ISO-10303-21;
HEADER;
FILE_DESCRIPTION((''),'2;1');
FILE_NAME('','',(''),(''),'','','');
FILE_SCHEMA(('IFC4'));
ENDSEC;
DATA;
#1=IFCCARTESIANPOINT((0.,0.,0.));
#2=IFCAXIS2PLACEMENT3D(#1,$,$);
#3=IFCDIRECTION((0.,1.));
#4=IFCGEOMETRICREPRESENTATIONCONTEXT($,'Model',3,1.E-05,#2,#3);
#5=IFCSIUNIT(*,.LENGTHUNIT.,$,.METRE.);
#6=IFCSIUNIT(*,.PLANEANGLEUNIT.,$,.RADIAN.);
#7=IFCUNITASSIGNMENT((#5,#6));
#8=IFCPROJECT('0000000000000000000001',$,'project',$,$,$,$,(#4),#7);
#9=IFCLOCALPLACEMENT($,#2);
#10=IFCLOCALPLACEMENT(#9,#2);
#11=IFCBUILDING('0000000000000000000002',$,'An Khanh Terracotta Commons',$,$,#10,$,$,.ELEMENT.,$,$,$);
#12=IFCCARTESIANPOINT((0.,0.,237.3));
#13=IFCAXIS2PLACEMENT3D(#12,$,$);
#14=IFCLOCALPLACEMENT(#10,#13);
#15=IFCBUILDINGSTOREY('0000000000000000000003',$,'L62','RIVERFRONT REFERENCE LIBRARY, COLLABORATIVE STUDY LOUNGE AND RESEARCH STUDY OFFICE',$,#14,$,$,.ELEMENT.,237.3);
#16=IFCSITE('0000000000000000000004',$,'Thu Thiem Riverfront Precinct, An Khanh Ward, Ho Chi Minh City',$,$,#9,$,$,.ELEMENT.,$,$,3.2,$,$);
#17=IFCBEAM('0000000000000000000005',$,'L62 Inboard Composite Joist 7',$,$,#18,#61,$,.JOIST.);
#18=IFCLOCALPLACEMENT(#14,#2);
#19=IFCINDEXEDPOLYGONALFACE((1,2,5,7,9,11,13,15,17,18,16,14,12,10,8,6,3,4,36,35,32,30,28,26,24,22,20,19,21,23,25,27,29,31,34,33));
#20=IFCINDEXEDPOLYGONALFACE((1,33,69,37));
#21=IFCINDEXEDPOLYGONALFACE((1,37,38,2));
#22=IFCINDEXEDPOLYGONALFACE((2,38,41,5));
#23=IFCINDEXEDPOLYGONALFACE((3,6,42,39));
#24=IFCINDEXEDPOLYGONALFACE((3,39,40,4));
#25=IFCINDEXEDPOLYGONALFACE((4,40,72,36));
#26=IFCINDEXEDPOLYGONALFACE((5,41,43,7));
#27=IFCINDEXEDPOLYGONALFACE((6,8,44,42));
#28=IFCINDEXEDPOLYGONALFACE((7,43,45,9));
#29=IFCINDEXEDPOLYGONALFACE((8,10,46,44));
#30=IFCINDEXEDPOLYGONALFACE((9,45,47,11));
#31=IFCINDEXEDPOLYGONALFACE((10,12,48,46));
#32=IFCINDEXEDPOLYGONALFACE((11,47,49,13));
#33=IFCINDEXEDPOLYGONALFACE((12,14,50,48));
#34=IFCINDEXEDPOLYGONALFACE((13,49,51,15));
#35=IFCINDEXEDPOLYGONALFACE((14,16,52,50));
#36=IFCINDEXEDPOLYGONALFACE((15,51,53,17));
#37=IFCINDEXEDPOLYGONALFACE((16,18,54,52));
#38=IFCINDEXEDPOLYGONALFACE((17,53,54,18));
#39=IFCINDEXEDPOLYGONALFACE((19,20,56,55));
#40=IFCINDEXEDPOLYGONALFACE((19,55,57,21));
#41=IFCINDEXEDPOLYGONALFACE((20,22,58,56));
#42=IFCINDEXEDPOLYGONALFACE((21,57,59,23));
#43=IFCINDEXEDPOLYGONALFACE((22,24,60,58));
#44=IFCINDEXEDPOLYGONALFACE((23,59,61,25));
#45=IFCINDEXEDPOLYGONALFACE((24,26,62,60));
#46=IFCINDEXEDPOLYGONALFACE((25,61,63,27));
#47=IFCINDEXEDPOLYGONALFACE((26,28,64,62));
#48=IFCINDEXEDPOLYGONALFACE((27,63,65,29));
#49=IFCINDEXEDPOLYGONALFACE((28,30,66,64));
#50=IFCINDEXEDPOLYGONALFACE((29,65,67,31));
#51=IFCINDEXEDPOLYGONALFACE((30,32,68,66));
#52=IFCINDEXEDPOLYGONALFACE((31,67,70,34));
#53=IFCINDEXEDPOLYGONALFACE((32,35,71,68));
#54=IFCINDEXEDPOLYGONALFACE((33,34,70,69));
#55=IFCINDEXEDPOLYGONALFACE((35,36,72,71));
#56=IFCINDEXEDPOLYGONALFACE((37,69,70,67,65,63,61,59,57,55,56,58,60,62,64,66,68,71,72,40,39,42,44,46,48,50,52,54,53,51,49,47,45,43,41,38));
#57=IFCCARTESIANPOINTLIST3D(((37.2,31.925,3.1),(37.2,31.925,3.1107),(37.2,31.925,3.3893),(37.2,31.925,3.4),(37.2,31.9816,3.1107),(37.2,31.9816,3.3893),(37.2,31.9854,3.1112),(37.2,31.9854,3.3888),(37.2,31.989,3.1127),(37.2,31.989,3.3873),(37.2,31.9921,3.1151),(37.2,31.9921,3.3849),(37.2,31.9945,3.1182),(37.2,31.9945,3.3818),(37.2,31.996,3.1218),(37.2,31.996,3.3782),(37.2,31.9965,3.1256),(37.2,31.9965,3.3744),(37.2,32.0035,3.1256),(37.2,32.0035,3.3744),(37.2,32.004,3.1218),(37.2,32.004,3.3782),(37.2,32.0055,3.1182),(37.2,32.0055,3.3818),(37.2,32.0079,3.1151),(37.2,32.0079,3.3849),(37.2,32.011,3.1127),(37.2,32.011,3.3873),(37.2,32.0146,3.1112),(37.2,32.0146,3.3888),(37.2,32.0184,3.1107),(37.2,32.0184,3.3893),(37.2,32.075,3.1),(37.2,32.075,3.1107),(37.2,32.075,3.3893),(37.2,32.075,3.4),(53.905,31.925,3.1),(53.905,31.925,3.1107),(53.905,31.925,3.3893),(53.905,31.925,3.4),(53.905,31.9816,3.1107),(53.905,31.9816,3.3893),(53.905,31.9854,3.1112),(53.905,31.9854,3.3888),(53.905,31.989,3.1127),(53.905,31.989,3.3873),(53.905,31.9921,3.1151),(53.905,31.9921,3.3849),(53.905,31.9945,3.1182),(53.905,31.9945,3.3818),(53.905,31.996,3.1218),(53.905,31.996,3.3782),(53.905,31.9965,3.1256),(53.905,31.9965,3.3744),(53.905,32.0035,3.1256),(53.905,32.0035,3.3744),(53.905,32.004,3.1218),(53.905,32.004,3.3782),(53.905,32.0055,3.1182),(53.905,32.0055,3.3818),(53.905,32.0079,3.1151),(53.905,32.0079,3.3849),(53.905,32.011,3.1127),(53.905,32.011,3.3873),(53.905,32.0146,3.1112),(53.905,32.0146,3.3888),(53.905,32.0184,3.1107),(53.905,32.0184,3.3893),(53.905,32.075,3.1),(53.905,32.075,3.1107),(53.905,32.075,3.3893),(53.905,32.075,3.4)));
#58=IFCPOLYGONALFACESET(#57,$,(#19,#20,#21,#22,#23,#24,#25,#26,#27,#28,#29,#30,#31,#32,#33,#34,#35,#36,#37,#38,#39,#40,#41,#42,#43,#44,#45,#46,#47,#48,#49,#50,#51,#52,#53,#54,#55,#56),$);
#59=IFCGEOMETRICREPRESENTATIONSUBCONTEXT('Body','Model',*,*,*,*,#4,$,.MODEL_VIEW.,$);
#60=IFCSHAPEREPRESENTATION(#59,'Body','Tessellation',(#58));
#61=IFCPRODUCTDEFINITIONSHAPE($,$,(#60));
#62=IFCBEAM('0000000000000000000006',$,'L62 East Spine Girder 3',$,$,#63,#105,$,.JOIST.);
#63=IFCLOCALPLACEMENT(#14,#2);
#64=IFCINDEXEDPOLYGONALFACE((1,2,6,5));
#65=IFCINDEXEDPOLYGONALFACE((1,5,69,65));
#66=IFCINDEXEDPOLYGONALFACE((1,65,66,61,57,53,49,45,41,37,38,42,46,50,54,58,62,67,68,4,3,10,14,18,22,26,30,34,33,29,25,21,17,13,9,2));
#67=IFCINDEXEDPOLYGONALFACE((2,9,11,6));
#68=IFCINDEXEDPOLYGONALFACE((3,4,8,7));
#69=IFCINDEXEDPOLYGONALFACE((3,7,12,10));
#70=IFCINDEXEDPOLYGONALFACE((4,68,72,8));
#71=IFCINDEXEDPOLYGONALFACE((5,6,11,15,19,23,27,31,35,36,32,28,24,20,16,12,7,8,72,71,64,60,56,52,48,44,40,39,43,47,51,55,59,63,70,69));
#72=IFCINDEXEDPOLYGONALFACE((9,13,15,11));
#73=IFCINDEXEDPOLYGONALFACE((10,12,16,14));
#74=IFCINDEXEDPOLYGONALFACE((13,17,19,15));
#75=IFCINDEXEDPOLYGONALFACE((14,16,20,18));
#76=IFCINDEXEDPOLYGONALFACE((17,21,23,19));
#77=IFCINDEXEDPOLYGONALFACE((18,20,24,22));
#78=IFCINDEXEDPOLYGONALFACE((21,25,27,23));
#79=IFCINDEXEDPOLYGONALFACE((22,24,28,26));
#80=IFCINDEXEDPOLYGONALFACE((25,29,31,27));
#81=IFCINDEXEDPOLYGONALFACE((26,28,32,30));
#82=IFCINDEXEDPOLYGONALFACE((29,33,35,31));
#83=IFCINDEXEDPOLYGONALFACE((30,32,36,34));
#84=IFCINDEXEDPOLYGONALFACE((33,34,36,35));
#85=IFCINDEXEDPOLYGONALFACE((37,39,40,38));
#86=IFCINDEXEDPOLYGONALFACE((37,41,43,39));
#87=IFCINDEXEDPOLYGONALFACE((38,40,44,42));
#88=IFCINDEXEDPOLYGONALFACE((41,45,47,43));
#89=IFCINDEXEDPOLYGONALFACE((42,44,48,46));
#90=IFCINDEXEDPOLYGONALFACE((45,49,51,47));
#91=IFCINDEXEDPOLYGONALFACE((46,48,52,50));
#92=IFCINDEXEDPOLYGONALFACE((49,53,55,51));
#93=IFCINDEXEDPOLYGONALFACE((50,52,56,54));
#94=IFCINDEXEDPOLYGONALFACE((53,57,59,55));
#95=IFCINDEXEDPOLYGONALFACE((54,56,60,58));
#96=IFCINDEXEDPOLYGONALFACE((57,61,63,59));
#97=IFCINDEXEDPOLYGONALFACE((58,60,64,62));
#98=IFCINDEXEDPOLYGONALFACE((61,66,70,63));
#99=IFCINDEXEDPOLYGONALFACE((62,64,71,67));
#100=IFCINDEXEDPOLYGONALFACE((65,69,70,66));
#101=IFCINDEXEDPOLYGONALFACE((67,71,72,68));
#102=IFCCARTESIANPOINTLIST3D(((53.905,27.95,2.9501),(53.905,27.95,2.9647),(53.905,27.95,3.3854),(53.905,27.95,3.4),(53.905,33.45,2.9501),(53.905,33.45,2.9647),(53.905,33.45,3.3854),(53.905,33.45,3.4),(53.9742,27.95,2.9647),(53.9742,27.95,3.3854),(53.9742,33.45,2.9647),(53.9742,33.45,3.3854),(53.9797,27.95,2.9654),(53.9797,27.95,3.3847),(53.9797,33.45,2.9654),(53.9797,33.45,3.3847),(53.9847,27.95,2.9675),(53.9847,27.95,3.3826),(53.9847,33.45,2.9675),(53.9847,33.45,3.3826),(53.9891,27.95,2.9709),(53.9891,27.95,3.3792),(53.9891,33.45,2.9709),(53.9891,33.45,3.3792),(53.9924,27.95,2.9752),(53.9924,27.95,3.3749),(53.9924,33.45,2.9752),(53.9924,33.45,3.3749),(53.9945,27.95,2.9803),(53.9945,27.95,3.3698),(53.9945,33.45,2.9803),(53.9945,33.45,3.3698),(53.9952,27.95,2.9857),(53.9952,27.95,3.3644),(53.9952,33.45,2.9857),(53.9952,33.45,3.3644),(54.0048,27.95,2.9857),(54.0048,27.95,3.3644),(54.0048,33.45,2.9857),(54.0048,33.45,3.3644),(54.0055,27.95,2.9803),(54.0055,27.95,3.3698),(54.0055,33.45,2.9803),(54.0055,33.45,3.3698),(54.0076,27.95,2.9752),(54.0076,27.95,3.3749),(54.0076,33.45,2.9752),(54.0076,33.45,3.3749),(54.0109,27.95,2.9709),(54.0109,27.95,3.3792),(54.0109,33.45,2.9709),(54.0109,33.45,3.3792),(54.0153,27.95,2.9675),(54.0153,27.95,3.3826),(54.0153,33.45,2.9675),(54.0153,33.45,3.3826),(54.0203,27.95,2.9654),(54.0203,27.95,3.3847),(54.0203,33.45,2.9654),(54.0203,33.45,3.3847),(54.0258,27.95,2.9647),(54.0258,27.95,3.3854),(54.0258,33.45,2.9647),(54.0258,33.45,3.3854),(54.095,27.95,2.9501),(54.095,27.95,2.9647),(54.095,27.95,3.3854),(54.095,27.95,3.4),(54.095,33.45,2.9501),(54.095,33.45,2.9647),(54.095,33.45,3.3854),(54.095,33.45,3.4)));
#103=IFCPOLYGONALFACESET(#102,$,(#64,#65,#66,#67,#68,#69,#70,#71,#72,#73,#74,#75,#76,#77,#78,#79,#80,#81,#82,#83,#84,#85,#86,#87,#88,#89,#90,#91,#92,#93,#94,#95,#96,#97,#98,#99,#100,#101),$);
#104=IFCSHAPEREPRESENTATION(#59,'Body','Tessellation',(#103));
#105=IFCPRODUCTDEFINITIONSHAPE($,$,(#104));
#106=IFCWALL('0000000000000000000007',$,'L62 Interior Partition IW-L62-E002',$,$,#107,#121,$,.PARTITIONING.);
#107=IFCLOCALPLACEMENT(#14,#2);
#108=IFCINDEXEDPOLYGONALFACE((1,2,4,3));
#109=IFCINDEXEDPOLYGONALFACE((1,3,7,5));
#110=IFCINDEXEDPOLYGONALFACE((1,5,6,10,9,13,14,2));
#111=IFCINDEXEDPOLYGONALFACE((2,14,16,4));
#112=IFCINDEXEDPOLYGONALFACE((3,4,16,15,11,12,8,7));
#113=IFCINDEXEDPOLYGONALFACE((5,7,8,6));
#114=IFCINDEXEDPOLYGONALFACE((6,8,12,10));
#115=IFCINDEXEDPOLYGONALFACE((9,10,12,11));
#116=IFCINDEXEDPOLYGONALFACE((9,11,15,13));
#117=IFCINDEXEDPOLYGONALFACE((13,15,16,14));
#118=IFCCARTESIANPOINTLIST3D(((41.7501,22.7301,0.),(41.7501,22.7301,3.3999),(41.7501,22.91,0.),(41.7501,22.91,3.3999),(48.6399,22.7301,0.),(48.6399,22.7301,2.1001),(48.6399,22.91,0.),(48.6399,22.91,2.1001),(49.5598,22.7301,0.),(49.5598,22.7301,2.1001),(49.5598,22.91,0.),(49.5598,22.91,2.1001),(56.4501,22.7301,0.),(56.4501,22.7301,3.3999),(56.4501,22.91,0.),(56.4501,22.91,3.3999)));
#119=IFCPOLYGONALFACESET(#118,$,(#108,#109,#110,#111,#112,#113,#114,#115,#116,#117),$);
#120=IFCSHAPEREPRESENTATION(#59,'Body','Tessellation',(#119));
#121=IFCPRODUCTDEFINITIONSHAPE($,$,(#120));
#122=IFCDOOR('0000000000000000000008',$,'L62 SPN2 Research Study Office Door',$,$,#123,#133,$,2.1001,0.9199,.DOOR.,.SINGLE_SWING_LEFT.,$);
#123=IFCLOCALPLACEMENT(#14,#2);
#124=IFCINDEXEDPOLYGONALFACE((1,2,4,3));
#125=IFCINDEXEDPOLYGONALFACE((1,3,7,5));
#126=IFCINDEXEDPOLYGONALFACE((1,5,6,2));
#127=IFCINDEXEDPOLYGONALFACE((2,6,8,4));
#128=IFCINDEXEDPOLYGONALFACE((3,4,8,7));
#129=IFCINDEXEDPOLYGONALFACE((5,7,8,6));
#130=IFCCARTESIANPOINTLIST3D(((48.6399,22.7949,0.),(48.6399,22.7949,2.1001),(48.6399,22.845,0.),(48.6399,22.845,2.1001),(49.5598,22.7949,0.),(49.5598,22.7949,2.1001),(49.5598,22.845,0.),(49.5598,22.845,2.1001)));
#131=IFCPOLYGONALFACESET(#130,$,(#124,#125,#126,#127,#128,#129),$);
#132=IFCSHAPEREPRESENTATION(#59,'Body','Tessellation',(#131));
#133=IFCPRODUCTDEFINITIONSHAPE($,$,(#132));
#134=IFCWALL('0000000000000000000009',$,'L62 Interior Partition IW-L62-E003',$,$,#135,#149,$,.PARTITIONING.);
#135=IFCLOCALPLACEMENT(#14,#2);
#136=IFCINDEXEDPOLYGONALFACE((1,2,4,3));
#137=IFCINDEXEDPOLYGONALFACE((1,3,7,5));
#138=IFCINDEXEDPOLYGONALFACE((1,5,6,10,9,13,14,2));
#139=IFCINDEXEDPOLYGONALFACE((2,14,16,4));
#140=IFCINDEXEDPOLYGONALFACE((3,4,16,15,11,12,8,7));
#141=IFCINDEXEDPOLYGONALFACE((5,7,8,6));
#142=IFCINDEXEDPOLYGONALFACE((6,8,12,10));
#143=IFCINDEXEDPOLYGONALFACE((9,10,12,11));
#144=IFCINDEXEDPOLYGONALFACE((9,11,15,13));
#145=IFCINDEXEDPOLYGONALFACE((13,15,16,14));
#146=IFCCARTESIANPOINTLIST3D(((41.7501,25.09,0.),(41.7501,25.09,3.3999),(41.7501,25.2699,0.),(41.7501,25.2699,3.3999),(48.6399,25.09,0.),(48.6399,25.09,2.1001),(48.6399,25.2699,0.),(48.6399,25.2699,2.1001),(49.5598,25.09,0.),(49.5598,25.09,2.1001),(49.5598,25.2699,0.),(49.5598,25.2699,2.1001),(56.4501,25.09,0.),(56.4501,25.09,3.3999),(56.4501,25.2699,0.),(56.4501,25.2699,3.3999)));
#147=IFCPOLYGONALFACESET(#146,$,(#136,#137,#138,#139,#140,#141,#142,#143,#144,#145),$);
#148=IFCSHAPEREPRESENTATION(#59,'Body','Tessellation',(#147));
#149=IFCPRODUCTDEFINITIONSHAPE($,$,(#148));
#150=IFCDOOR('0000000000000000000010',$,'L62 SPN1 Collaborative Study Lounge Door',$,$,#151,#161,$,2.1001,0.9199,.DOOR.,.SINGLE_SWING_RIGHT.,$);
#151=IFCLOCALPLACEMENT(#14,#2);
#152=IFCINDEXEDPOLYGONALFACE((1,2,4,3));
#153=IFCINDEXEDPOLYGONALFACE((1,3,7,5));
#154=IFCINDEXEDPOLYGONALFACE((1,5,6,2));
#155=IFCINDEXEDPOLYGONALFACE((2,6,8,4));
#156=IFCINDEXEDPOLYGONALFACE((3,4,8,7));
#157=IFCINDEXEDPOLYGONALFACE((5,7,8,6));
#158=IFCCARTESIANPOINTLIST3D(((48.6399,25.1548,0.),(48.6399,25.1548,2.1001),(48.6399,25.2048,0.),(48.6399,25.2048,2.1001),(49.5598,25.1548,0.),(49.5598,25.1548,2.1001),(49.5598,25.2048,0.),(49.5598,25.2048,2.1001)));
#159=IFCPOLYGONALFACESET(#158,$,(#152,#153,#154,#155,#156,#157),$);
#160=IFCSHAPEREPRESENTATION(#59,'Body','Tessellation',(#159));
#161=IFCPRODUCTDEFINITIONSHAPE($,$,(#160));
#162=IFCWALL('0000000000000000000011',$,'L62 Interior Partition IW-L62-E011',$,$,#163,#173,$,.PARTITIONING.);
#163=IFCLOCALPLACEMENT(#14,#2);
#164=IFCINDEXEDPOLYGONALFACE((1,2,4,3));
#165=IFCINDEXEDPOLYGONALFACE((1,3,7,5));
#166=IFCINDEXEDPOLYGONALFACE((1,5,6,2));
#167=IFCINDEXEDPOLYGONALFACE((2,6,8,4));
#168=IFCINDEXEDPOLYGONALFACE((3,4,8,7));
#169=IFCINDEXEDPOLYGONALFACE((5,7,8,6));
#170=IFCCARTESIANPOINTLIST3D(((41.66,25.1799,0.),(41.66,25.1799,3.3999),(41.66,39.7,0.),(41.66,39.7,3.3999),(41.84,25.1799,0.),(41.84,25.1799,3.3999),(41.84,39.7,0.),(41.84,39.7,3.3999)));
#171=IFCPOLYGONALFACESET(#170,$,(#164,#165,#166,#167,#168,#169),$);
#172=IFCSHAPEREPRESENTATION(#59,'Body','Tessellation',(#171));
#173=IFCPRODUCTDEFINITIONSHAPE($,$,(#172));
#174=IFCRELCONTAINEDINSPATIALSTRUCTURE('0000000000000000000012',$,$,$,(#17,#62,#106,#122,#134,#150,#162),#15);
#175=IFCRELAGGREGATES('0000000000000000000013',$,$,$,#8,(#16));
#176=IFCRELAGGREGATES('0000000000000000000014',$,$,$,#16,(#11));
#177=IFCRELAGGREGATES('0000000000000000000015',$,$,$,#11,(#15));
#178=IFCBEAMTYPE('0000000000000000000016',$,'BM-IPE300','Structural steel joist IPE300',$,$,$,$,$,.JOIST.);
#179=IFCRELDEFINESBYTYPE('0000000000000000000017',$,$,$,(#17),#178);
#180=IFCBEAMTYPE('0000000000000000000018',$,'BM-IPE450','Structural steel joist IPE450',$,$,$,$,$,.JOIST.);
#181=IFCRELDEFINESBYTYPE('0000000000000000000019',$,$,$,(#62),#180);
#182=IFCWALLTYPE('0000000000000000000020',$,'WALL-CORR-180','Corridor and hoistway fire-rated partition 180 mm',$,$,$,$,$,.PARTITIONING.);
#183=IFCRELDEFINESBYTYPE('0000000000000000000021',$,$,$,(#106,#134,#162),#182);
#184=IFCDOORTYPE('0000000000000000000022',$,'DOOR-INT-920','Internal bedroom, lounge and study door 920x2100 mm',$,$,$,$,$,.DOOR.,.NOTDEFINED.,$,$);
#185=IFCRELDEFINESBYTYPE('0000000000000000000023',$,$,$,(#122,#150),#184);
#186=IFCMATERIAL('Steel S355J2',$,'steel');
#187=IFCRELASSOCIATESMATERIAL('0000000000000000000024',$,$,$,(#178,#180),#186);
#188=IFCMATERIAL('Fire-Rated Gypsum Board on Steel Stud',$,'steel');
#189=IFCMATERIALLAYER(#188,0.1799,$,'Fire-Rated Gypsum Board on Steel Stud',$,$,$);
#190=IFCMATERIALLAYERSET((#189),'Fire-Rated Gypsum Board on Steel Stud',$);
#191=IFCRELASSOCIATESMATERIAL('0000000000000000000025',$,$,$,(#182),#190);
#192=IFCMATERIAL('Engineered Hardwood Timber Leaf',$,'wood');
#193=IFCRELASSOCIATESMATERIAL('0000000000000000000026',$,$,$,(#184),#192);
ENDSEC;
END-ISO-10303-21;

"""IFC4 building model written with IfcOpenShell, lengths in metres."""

from ifc_helpers import new_model, si_unit, direction, frame, frame_2d, origin, origin_2d, place, context, subcontext, project, spatial, rectangle, i_section, extrude, material, layer, layer_set, material_profile, profile_set, type_object, element, fill, save


model = new_model("IFC4")

# Units and contexts
model_context = context("Model", 3, precision=1e-05, world=origin(), true_north=direction((0.0, 1.0)))
body_context = subcontext(model_context, "Body", "Model", "MODEL_VIEW")
ifc_project = project(units=[si_unit("LENGTHUNIT", "METRE"), si_unit("PLANEANGLEUNIT", "RADIAN")], contexts=[model_context])

# Site, building, storey
site_placement = place(None, origin())
site = spatial("IfcSite", under=ifc_project, at=site_placement, Name="Thu Thiem Riverfront Precinct, An Khanh Ward, Ho Chi Minh City", CompositionType="ELEMENT", RefElevation=3.2)
building_placement = place(site_placement, origin())
building = spatial("IfcBuilding", under=site, at=building_placement, Name="An Khanh Terracotta Commons", CompositionType="ELEMENT")
storey_placement = place(building_placement, frame((0.0, 0.0, 237.3)))
storey = spatial("IfcBuildingStorey", under=building, at=storey_placement, Name="L62", Description="RIVERFRONT REFERENCE LIBRARY, COLLABORATIVE STUDY LOUNGE AND RESEARCH STUDY OFFICE", CompositionType="ELEMENT", Elevation=237.3)

# Beams
ifc_material_1 = material(Name="Steel S355J2", Category="steel")
ifc_material_profile_1 = material_profile(ifc_material_1, i_section(OverallWidth=0.1499, OverallDepth=0.3, WebThickness=0.0071, FlangeThickness=0.0107, FilletRadius=0.0149, at=origin_2d()), Name="IPE300")
ifc_profile_set_1 = profile_set([ifc_material_profile_1], Name="Steel S355J2")
beam_type_1 = type_object("IfcBeamType", Name="BM-IPE300", Description="Structural steel joist IPE300", PredefinedType="JOIST", material=ifc_profile_set_1)
for number, where, z_axis, x_axis, name in (
    (1, (37.2, 32.0, 3.25), (1.0, 0.0, 0.0), (0.0, 1.0, 0.0), "L62 Inboard Composite Joist 7"),
):
    element("IfcBeam", number, at=place(storey_placement, frame(where, z_axis=z_axis, x_axis=x_axis)), inside=storey, type_object=beam_type_1, Name=name, PredefinedType="JOIST", context=body_context, shape_type="SweptSolid", body=[
        extrude(i_section(OverallWidth=0.1499, OverallDepth=0.3, WebThickness=0.0071, FlangeThickness=0.0107, FilletRadius=0.0149, at=origin_2d()), origin(), (0.0, 0.0, 1.0), 16.7051),
    ])
ifc_material_profile_2 = material_profile(ifc_material_1, i_section(OverallWidth=0.1899, OverallDepth=0.45, WebThickness=0.0095, FlangeThickness=0.0146, FilletRadius=0.021, at=origin_2d()), Name="IPE450")
ifc_profile_set_2 = profile_set([ifc_material_profile_2], Name="Steel S355J2")
beam_type_2 = type_object("IfcBeamType", Name="BM-IPE450", Description="Structural steel joist IPE450", PredefinedType="JOIST", material=ifc_profile_set_2)
beam_placement = place(storey_placement, frame((54.0, 27.95, 3.175), z_axis=(0.0, 1.0, 0.0), x_axis=(-1.0, 0.0, 0.0)))
element("IfcBeam", 2, at=beam_placement, inside=storey, type_object=beam_type_2, Name="L62 East Spine Girder 3", PredefinedType="JOIST", context=body_context, shape_type="SweptSolid", body=[
    extrude(i_section(OverallWidth=0.1899, OverallDepth=0.45, WebThickness=0.0095, FlangeThickness=0.0146, FilletRadius=0.021, at=origin_2d()), origin(), (0.0, 0.0, 1.0), 5.5),
])

# Walls, openings, doors
ifc_material_2 = material(Name="Fire-Rated Gypsum Board on Steel Stud", Category="steel")
ifc_layer_1 = layer(ifc_material_2, 0.1799, Name="Fire-Rated Gypsum Board on Steel Stud")
ifc_layer_set_1 = layer_set([ifc_layer_1], Name="Fire-Rated Gypsum Board on Steel Stud")
wall_type = type_object("IfcWallType", Name="WALL-CORR-180", Description="Corridor and hoistway fire-rated partition 180 mm", PredefinedType="PARTITIONING", material=ifc_layer_set_1)
wall_1_placement = place(storey_placement, frame((41.75, 22.8201, 0.0), z_axis=(0.0, 0.0, 1.0), x_axis=(1.0, 0.0, 0.0)))
wall_1 = element("IfcWall", 3, at=wall_1_placement, inside=storey, type_object=wall_type, Name="L62 Interior Partition IW-L62-E002", PredefinedType="PARTITIONING", context=body_context, shape_type="SweptSolid", body=[
    extrude(rectangle(XDim=14.7, YDim=0.1799, at=frame_2d((7.3501, 0.0))), origin(), (0.0, 0.0, 1.0), 3.3999),
])
opening_1_placement = place(wall_1_placement, frame((6.8899, 0.0, 0.0)))
opening_1 = element("IfcOpeningElement", 4, at=opening_1_placement, cuts=wall_1, PredefinedType="OPENING", context=body_context, shape_type="SweptSolid", body=[
    extrude(rectangle(XDim=0.9199, YDim=2.1001, at=frame_2d((0.46, 1.05))), frame((0.0, 0.0999, 0.0), z_axis=(0.0, -1.0, 0.0), x_axis=(1.0, 0.0, 0.0)), (0.0, 0.0, 1.0), 0.2),
])
ifc_material_3 = material(Name="Engineered Hardwood Timber Leaf", Category="wood")
door_type = type_object("IfcDoorType", Name="DOOR-INT-920", Description="Internal bedroom, lounge and study door 920x2100 mm", OperationType="NOTDEFINED", PredefinedType="DOOR", material=ifc_material_3)
door_1_placement = place(opening_1_placement, origin())
door_1 = element("IfcDoor", 5, at=door_1_placement, inside=storey, type_object=door_type, Name="L62 SPN2 Research Study Office Door", OperationType="SINGLE_SWING_LEFT", OverallHeight=2.1001, OverallWidth=0.9199, PredefinedType="DOOR", context=body_context, shape_type="SweptSolid", body=[
    extrude(rectangle(XDim=0.9199, YDim=2.1001, at=frame_2d((0.46, 1.05))), frame((0.0, 0.0249, 0.0), z_axis=(0.0, -1.0, 0.0), x_axis=(1.0, 0.0, 0.0)), (0.0, 0.0, 1.0), 0.05),
])
fill(opening_1, door_1)
wall_2_placement = place(storey_placement, frame((41.75, 25.1799, 0.0), z_axis=(0.0, 0.0, 1.0), x_axis=(1.0, 0.0, 0.0)))
wall_2 = element("IfcWall", 6, at=wall_2_placement, inside=storey, type_object=wall_type, Name="L62 Interior Partition IW-L62-E003", PredefinedType="PARTITIONING", context=body_context, shape_type="SweptSolid", body=[
    extrude(rectangle(XDim=14.7, YDim=0.1799, at=frame_2d((7.3501, 0.0))), origin(), (0.0, 0.0, 1.0), 3.3999),
])
opening_2_placement = place(wall_2_placement, frame((6.8899, 0.0, 0.0)))
opening_2 = element("IfcOpeningElement", 7, at=opening_2_placement, cuts=wall_2, PredefinedType="OPENING", context=body_context, shape_type="SweptSolid", body=[
    extrude(rectangle(XDim=0.9199, YDim=2.1001, at=frame_2d((0.46, 1.05))), frame((0.0, 0.0999, 0.0), z_axis=(0.0, -1.0, 0.0), x_axis=(1.0, 0.0, 0.0)), (0.0, 0.0, 1.0), 0.2),
])
door_2_placement = place(opening_2_placement, origin())
door_2 = element("IfcDoor", 8, at=door_2_placement, inside=storey, type_object=door_type, Name="L62 SPN1 Collaborative Study Lounge Door", OperationType="SINGLE_SWING_RIGHT", OverallHeight=2.1001, OverallWidth=0.9199, PredefinedType="DOOR", context=body_context, shape_type="SweptSolid", body=[
    extrude(rectangle(XDim=0.9199, YDim=2.1001, at=frame_2d((0.46, 1.05))), frame((0.0, 0.0249, 0.0), z_axis=(0.0, -1.0, 0.0), x_axis=(1.0, 0.0, 0.0)), (0.0, 0.0, 1.0), 0.05),
])
fill(opening_2, door_2)

# Wall
wall_3_placement = place(storey_placement, frame((41.75, 25.1799, 0.0), z_axis=(0.0, 0.0, 1.0), x_axis=(0.0, 1.0, 0.0)))
element("IfcWall", 9, at=wall_3_placement, inside=storey, type_object=wall_type, Name="L62 Interior Partition IW-L62-E011", PredefinedType="PARTITIONING", context=body_context, shape_type="SweptSolid", body=[
    extrude(rectangle(XDim=14.52, YDim=0.1799, at=frame_2d((7.26, 0.0))), origin(), (0.0, 0.0, 1.0), 3.3999),
])

save(model, "model.ifc")
